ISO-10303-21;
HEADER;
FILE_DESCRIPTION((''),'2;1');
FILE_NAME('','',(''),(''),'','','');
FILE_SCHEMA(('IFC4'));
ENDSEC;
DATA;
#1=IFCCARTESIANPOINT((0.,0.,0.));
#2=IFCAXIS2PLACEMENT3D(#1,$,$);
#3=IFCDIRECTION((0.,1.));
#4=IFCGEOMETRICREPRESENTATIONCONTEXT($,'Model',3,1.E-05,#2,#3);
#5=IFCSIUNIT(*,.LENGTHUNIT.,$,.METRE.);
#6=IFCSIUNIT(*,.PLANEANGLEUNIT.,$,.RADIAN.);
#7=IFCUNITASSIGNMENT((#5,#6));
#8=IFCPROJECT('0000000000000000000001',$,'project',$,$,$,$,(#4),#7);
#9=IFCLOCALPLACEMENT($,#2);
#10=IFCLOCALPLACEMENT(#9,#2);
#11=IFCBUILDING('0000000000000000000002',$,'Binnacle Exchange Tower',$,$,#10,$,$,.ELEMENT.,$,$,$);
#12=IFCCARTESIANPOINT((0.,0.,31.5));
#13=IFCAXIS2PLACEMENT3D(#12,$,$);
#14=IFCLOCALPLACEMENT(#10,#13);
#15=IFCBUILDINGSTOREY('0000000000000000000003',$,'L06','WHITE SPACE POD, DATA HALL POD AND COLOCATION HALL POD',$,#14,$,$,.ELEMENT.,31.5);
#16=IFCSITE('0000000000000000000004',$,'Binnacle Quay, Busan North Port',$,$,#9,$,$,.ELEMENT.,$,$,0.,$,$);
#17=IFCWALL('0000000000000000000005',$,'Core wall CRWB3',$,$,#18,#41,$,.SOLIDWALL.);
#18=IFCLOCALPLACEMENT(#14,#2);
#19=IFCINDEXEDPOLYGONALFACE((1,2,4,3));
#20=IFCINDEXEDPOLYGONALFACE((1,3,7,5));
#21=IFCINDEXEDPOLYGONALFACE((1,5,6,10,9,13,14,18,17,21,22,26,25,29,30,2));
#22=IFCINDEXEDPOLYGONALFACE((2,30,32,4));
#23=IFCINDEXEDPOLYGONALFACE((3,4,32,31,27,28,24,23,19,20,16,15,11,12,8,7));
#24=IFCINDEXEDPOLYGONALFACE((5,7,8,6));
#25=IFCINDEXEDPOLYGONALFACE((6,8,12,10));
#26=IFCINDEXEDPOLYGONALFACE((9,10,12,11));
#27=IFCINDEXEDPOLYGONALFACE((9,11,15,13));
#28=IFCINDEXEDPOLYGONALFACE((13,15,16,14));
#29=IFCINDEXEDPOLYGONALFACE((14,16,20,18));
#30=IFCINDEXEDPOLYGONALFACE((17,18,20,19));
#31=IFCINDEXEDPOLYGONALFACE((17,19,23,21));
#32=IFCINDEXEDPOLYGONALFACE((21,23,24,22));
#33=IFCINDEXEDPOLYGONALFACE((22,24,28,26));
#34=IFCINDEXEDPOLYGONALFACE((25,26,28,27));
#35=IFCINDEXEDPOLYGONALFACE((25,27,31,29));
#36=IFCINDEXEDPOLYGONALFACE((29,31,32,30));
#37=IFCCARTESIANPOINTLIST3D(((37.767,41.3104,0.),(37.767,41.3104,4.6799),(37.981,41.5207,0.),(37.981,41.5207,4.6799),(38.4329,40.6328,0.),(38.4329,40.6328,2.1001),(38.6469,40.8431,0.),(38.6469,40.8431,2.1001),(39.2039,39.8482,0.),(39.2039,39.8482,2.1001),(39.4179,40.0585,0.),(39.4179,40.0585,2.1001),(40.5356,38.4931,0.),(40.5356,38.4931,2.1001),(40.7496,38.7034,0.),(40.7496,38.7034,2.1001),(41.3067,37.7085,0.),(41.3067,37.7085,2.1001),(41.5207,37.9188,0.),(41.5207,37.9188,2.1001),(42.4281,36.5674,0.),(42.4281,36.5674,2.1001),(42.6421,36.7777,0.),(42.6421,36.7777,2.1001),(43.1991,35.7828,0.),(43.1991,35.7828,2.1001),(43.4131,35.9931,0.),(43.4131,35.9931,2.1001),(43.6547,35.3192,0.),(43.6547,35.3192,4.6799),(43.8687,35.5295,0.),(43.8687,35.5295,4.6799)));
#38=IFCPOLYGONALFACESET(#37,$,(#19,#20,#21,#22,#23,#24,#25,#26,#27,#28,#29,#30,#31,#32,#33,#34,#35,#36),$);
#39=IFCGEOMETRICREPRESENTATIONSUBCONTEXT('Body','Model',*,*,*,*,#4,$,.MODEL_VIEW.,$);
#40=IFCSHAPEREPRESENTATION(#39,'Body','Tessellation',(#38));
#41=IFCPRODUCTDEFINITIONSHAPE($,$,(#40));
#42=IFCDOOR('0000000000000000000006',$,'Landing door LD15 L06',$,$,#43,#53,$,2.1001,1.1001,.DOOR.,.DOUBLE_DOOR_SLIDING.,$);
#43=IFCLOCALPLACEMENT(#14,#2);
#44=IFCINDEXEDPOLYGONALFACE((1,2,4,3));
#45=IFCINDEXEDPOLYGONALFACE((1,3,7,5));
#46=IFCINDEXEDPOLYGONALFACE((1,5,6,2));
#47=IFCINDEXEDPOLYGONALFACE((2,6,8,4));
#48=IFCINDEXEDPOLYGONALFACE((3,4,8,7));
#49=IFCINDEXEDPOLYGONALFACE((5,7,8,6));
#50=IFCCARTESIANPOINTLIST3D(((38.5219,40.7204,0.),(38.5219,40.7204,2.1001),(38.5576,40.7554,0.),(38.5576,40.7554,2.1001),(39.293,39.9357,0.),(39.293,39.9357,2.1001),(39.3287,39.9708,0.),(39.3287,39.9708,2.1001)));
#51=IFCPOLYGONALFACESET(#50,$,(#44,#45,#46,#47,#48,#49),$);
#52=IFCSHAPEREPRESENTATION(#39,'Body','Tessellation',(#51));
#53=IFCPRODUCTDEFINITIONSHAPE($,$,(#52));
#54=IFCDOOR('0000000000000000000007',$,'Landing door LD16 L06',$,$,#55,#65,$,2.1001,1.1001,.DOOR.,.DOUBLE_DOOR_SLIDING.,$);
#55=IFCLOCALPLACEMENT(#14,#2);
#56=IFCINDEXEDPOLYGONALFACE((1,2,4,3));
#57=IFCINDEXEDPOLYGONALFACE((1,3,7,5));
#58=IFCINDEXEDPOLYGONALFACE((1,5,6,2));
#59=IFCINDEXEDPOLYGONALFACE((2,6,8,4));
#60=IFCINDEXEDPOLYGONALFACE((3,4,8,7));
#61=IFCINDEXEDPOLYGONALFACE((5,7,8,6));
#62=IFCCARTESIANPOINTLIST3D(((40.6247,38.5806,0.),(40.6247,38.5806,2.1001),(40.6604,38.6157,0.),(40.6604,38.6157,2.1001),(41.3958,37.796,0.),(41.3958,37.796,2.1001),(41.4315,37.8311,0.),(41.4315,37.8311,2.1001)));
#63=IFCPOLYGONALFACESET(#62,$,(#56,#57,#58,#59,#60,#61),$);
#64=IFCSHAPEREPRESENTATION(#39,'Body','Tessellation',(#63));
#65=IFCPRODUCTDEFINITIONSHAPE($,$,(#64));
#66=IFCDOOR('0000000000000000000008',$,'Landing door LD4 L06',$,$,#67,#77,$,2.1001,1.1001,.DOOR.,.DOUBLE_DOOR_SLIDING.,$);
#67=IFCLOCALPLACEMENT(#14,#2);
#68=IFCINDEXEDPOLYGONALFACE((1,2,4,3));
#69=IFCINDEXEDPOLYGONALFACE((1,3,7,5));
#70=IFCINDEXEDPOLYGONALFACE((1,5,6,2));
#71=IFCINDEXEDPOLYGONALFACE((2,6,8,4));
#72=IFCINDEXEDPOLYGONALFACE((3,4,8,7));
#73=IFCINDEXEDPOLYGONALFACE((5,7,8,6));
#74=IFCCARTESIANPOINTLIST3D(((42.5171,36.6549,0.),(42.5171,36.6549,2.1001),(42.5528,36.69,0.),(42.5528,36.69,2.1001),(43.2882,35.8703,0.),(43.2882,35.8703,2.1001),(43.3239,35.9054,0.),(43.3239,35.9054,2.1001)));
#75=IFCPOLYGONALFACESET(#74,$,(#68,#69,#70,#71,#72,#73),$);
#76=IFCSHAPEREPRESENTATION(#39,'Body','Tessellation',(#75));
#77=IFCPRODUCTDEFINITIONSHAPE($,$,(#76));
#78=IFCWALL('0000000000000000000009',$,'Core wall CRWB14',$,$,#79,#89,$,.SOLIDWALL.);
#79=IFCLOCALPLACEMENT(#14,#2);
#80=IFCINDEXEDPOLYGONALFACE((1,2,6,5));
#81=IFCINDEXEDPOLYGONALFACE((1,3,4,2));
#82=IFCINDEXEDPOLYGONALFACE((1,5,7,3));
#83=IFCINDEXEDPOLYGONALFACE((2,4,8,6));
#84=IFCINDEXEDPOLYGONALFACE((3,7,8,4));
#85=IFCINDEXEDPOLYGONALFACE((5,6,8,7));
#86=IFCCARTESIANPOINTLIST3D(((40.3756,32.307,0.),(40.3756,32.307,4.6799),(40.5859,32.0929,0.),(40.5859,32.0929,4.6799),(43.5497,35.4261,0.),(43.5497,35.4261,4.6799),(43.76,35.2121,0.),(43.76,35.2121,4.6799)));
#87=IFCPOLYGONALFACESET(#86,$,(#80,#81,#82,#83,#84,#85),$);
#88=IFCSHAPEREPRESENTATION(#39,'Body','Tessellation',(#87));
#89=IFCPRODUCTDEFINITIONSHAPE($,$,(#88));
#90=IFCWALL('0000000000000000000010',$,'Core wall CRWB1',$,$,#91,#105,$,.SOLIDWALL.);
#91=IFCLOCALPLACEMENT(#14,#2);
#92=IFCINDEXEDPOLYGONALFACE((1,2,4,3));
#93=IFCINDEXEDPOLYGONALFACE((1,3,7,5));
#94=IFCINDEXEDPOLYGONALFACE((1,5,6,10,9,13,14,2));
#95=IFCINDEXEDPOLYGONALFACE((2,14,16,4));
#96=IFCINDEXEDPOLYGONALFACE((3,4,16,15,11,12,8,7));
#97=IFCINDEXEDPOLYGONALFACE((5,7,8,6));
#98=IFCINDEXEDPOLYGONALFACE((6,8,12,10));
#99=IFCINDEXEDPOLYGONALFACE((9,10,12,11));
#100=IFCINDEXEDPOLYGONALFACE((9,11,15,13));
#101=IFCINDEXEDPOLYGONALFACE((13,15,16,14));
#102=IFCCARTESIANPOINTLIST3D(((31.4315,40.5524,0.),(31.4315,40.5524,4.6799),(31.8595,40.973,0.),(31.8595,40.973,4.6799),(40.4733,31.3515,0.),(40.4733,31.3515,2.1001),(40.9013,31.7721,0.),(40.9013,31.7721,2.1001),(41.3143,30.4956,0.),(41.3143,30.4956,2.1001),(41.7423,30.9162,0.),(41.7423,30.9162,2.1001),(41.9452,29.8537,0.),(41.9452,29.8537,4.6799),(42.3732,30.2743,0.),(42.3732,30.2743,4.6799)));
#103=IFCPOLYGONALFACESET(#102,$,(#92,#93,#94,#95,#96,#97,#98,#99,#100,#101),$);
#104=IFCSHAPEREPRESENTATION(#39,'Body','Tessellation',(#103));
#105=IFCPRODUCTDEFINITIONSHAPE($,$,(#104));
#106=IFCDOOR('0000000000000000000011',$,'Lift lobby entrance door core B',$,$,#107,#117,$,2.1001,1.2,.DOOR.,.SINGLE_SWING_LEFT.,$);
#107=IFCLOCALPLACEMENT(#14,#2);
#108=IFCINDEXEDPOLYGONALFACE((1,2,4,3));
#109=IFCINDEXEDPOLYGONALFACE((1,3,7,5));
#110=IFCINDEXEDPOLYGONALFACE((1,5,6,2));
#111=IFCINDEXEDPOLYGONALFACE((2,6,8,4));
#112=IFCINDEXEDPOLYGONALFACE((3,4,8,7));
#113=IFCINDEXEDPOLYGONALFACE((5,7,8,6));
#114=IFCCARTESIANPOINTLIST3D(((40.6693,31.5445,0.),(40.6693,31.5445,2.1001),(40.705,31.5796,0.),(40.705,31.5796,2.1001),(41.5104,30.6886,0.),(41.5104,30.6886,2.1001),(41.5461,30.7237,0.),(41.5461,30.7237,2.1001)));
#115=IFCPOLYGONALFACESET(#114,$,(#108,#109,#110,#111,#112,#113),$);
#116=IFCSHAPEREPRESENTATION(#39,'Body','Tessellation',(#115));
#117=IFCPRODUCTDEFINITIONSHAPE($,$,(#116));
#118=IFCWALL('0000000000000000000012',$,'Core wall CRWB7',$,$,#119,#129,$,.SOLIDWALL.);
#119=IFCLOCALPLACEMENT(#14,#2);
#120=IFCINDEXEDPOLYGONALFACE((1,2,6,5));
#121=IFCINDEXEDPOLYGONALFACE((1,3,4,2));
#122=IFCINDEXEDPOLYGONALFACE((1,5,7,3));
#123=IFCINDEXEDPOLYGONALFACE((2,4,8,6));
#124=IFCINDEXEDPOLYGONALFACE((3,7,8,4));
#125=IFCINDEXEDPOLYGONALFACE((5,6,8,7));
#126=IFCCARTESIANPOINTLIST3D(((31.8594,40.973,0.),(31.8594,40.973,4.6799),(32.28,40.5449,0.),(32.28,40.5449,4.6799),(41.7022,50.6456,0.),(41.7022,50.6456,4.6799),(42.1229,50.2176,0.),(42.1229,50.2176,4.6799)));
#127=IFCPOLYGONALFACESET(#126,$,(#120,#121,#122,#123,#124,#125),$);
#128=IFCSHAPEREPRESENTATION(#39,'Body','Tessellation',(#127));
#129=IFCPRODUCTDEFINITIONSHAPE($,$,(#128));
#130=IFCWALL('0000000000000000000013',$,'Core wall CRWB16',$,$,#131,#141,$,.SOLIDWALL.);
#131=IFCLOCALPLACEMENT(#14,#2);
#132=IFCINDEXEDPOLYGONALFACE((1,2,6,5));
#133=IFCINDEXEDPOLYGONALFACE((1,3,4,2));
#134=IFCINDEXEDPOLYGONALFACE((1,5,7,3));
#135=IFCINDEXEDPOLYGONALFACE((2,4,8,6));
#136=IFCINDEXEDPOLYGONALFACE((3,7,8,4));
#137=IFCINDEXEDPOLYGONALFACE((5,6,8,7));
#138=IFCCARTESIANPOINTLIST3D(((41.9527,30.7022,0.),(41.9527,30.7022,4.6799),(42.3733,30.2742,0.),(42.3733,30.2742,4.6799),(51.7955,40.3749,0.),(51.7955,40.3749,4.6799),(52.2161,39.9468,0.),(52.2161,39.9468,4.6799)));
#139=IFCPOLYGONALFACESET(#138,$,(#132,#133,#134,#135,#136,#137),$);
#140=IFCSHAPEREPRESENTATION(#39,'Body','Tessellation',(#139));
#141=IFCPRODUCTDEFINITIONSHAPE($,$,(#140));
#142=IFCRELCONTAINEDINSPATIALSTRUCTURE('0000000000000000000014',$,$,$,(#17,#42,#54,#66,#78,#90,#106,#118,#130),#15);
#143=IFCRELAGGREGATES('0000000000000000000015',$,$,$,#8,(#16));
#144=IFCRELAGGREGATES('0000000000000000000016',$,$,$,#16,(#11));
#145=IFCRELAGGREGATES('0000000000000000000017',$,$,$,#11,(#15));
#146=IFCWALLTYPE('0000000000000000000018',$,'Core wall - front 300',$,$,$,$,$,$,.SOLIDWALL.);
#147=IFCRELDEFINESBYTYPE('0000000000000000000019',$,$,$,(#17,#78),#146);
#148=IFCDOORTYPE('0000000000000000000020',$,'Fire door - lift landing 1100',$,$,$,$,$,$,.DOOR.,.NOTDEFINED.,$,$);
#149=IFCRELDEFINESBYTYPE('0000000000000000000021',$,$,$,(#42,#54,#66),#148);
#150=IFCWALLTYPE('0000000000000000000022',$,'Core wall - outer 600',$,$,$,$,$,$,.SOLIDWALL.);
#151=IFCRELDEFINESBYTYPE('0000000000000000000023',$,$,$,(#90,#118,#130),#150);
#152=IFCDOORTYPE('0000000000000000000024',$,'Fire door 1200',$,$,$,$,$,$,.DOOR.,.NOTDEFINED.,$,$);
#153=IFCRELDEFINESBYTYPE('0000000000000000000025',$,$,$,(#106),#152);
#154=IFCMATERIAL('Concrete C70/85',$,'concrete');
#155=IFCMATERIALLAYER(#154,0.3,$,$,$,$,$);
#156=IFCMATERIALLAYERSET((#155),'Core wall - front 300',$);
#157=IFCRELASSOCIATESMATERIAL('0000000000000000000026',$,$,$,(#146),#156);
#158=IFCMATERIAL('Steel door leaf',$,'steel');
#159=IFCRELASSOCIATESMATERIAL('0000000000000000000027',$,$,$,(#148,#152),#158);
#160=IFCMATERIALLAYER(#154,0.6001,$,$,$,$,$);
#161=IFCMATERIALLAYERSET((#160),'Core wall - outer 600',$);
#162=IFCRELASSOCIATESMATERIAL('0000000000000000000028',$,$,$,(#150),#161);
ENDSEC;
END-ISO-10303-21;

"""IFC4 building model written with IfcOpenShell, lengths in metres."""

from ifc_helpers import new_model, si_unit, direction, frame, frame_2d, origin, place, context, subcontext, project, spatial, rectangle, extrude, material, layer, layer_set, type_object, element, fill, save


model = new_model("IFC4")

# Units and contexts
model_context = context("Model", 3, precision=1e-05, world=origin(), true_north=direction((0.0, 1.0)))
body_context = subcontext(model_context, "Body", "Model", "MODEL_VIEW")
ifc_project = project(units=[si_unit("LENGTHUNIT", "METRE"), si_unit("PLANEANGLEUNIT", "RADIAN")], contexts=[model_context])

# Site, building, storey
site_placement = place(None, origin())
site = spatial("IfcSite", under=ifc_project, at=site_placement, Name="Binnacle Quay, Busan North Port", CompositionType="ELEMENT", RefElevation=0.0)
building_placement = place(site_placement, origin())
building = spatial("IfcBuilding", under=site, at=building_placement, Name="Binnacle Exchange Tower", CompositionType="ELEMENT")
storey_placement = place(building_placement, frame((0.0, 0.0, 31.5)))
storey = spatial("IfcBuildingStorey", under=building, at=storey_placement, Name="L06", Description="WHITE SPACE POD, DATA HALL POD AND COLOCATION HALL POD", CompositionType="ELEMENT", Elevation=31.5)

# Shared definitions
ifc_material_1 = material(Name="Concrete C70/85", Category="concrete")

# Wall, openings, doors
ifc_layer_1 = layer(ifc_material_1, 0.3)
ifc_layer_set_1 = layer_set([ifc_layer_1], Name="Core wall - front 300")
wall_type_1 = type_object("IfcWallType", Name="Core wall - front 300", PredefinedType="SOLIDWALL", material=ifc_layer_set_1)
wall_1_placement = place(storey_placement, frame((37.874, 41.4155, 0.0), z_axis=(0.0, 0.0, 1.0), x_axis=(0.700918, -0.713242, 0.0)))
wall_1 = element("IfcWall", 1, at=wall_1_placement, inside=storey, type_object=wall_type_1, Name="Core wall CRWB3", PredefinedType="SOLIDWALL", context=body_context, shape_type="SweptSolid", body=[
    extrude(rectangle(XDim=8.3999, YDim=0.3, at=frame_2d((4.2, 0.0))), origin(), (0.0, 0.0, 1.0), 4.6799),
])
opening_1_placement = place(wall_1_placement, frame((0.95, 0.0, 0.0)))
opening_1 = element("IfcOpeningElement", 2, at=opening_1_placement, cuts=wall_1, PredefinedType="OPENING", context=body_context, shape_type="SweptSolid", body=[
    extrude(rectangle(XDim=1.1001, YDim=2.1001, at=frame_2d((0.55, 1.05))), frame((0.0, 0.1599, 0.0), z_axis=(0.0, -1.0, 0.0), x_axis=(1.0, 0.0, 0.0)), (0.0, 0.0, 1.0), 0.3201),
])
opening_2_placement = place(wall_1_placement, frame((3.95, 0.0, 0.0)))
opening_2 = element("IfcOpeningElement", 3, at=opening_2_placement, cuts=wall_1, PredefinedType="OPENING", context=body_context, shape_type="SweptSolid", body=[
    extrude(rectangle(XDim=1.1001, YDim=2.1001, at=frame_2d((0.55, 1.05))), frame((0.0, 0.1599, 0.0), z_axis=(0.0, -1.0, 0.0), x_axis=(1.0, 0.0, 0.0)), (0.0, 0.0, 1.0), 0.3201),
])
opening_3_placement = place(wall_1_placement, frame((6.6499, 0.0, 0.0)))
opening_3 = element("IfcOpeningElement", 4, at=opening_3_placement, cuts=wall_1, PredefinedType="OPENING", context=body_context, shape_type="SweptSolid", body=[
    extrude(rectangle(XDim=1.1001, YDim=2.1001, at=frame_2d((0.55, 1.05))), frame((0.0, 0.1599, 0.0), z_axis=(0.0, -1.0, 0.0), x_axis=(1.0, 0.0, 0.0)), (0.0, 0.0, 1.0), 0.3201),
])
ifc_material_2 = material(Name="Steel door leaf", Category="steel")
door_type_1 = type_object("IfcDoorType", Name="Fire door - lift landing 1100", OperationType="NOTDEFINED", PredefinedType="DOOR", material=ifc_material_2)
door_1_placement = place(opening_1_placement, origin())
door_1 = element("IfcDoor", 5, at=door_1_placement, inside=storey, type_object=door_type_1, Name="Landing door LD15 L06", OperationType="DOUBLE_DOOR_SLIDING", OverallHeight=2.1001, OverallWidth=1.1001, PredefinedType="DOOR", context=body_context, shape_type="SweptSolid", body=[
    extrude(rectangle(XDim=1.1001, YDim=2.1001, at=frame_2d((0.55, 1.05))), frame((0.0, 0.0249, 0.0), z_axis=(0.0, -1.0, 0.0), x_axis=(1.0, 0.0, 0.0)), (0.0, 0.0, 1.0), 0.05),
])
fill(opening_1, door_1)
door_2_placement = place(opening_2_placement, origin())
door_2 = element("IfcDoor", 6, at=door_2_placement, inside=storey, type_object=door_type_1, Name="Landing door LD16 L06", OperationType="DOUBLE_DOOR_SLIDING", OverallHeight=2.1001, OverallWidth=1.1001, PredefinedType="DOOR", context=body_context, shape_type="SweptSolid", body=[
    extrude(rectangle(XDim=1.1001, YDim=2.1001, at=frame_2d((0.55, 1.05))), frame((0.0, 0.0249, 0.0), z_axis=(0.0, -1.0, 0.0), x_axis=(1.0, 0.0, 0.0)), (0.0, 0.0, 1.0), 0.05),
])
fill(opening_2, door_2)
door_3_placement = place(opening_3_placement, origin())
door_3 = element("IfcDoor", 7, at=door_3_placement, inside=storey, type_object=door_type_1, Name="Landing door LD4 L06", OperationType="DOUBLE_DOOR_SLIDING", OverallHeight=2.1001, OverallWidth=1.1001, PredefinedType="DOOR", context=body_context, shape_type="SweptSolid", body=[
    extrude(rectangle(XDim=1.1001, YDim=2.1001, at=frame_2d((0.55, 1.05))), frame((0.0, 0.0249, 0.0), z_axis=(0.0, -1.0, 0.0), x_axis=(1.0, 0.0, 0.0)), (0.0, 0.0, 1.0), 0.05),
])
fill(opening_3, door_3)

# Wall
wall_2_placement = place(storey_placement, frame((40.4807, 32.2, 0.0), z_axis=(0.0, 0.0, 1.0), x_axis=(0.713252, 0.700908, 0.0)))
element("IfcWall", 8, at=wall_2_placement, inside=storey, type_object=wall_type_1, Name="Core wall CRWB14", PredefinedType="SOLIDWALL", context=body_context, shape_type="SweptSolid", body=[
    extrude(rectangle(XDim=4.4502, YDim=0.3, at=frame_2d((2.2251, 0.0))), origin(), (0.0, 0.0, 1.0), 4.6799),
])

# Wall, opening, door
ifc_layer_2 = layer(ifc_material_1, 0.6001)
ifc_layer_set_2 = layer_set([ifc_layer_2], Name="Core wall - outer 600")
wall_type_2 = type_object("IfcWallType", Name="Core wall - outer 600", PredefinedType="SOLIDWALL", material=ifc_layer_set_2)
wall_3_placement = place(storey_placement, frame((31.6455, 40.7627, 0.0), z_axis=(0.0, 0.0, 1.0), x_axis=(0.700911, -0.713248, 0.0)))
wall_3 = element("IfcWall", 9, at=wall_3_placement, inside=storey, type_object=wall_type_2, Name="Core wall CRWB1", PredefinedType="SOLIDWALL", context=body_context, shape_type="SweptSolid", body=[
    extrude(rectangle(XDim=15.0, YDim=0.6001, at=frame_2d((7.5, 0.0))), origin(), (0.0, 0.0, 1.0), 4.6799),
])
opening_4_placement = place(wall_3_placement, frame((12.8999, 0.0, 0.0)))
opening_4 = element("IfcOpeningElement", 10, at=opening_4_placement, cuts=wall_3, PredefinedType="OPENING", context=body_context, shape_type="SweptSolid", body=[
    extrude(rectangle(XDim=1.2, YDim=2.1001, at=frame_2d((0.6001, 1.05))), frame((0.0, 0.3101, 0.0), z_axis=(0.0, -1.0, 0.0), x_axis=(1.0, 0.0, 0.0)), (0.0, 0.0, 1.0), 0.6201),
])
door_type_2 = type_object("IfcDoorType", Name="Fire door 1200", OperationType="NOTDEFINED", PredefinedType="DOOR", material=ifc_material_2)
door_4_placement = place(opening_4_placement, frame((1.2, 0.0, 0.0), z_axis=(0.0, 0.0, 1.0), x_axis=(-1.0, 0.0, 0.0)))
door_4 = element("IfcDoor", 11, at=door_4_placement, inside=storey, type_object=door_type_2, Name="Lift lobby entrance door core B", OperationType="SINGLE_SWING_LEFT", OverallHeight=2.1001, OverallWidth=1.2, PredefinedType="DOOR", context=body_context, shape_type="SweptSolid", body=[
    extrude(rectangle(XDim=1.2, YDim=2.1001, at=frame_2d((0.6001, 1.05))), frame((0.0, 0.0249, 0.0), z_axis=(0.0, -1.0, 0.0), x_axis=(1.0, 0.0, 0.0)), (0.0, 0.0, 1.0), 0.05),
])
fill(opening_4, door_4)

# Walls
for number, where, z_axis, x_axis, name in (
    (12, (32.0698, 40.759, 0.0), (0.0, 0.0, 1.0), (0.713245, 0.700914, 0.0), "Core wall CRWB7"),
    (13, (42.1631, 30.4883, 0.0), (0.0, 0.0, 1.0), (0.713245, 0.700914, 0.0), "Core wall CRWB16"),
):
    element("IfcWall", number, at=place(storey_placement, frame(where, z_axis=z_axis, x_axis=x_axis)), inside=storey, type_object=wall_type_2, Name=name, PredefinedType="SOLIDWALL", context=body_context, shape_type="SweptSolid", body=[
        extrude(rectangle(XDim=13.8, YDim=0.6001, at=frame_2d((6.8999, 0.0))), origin(), (0.0, 0.0, 1.0), 4.6799),
    ])

save(model, "model.ifc")
